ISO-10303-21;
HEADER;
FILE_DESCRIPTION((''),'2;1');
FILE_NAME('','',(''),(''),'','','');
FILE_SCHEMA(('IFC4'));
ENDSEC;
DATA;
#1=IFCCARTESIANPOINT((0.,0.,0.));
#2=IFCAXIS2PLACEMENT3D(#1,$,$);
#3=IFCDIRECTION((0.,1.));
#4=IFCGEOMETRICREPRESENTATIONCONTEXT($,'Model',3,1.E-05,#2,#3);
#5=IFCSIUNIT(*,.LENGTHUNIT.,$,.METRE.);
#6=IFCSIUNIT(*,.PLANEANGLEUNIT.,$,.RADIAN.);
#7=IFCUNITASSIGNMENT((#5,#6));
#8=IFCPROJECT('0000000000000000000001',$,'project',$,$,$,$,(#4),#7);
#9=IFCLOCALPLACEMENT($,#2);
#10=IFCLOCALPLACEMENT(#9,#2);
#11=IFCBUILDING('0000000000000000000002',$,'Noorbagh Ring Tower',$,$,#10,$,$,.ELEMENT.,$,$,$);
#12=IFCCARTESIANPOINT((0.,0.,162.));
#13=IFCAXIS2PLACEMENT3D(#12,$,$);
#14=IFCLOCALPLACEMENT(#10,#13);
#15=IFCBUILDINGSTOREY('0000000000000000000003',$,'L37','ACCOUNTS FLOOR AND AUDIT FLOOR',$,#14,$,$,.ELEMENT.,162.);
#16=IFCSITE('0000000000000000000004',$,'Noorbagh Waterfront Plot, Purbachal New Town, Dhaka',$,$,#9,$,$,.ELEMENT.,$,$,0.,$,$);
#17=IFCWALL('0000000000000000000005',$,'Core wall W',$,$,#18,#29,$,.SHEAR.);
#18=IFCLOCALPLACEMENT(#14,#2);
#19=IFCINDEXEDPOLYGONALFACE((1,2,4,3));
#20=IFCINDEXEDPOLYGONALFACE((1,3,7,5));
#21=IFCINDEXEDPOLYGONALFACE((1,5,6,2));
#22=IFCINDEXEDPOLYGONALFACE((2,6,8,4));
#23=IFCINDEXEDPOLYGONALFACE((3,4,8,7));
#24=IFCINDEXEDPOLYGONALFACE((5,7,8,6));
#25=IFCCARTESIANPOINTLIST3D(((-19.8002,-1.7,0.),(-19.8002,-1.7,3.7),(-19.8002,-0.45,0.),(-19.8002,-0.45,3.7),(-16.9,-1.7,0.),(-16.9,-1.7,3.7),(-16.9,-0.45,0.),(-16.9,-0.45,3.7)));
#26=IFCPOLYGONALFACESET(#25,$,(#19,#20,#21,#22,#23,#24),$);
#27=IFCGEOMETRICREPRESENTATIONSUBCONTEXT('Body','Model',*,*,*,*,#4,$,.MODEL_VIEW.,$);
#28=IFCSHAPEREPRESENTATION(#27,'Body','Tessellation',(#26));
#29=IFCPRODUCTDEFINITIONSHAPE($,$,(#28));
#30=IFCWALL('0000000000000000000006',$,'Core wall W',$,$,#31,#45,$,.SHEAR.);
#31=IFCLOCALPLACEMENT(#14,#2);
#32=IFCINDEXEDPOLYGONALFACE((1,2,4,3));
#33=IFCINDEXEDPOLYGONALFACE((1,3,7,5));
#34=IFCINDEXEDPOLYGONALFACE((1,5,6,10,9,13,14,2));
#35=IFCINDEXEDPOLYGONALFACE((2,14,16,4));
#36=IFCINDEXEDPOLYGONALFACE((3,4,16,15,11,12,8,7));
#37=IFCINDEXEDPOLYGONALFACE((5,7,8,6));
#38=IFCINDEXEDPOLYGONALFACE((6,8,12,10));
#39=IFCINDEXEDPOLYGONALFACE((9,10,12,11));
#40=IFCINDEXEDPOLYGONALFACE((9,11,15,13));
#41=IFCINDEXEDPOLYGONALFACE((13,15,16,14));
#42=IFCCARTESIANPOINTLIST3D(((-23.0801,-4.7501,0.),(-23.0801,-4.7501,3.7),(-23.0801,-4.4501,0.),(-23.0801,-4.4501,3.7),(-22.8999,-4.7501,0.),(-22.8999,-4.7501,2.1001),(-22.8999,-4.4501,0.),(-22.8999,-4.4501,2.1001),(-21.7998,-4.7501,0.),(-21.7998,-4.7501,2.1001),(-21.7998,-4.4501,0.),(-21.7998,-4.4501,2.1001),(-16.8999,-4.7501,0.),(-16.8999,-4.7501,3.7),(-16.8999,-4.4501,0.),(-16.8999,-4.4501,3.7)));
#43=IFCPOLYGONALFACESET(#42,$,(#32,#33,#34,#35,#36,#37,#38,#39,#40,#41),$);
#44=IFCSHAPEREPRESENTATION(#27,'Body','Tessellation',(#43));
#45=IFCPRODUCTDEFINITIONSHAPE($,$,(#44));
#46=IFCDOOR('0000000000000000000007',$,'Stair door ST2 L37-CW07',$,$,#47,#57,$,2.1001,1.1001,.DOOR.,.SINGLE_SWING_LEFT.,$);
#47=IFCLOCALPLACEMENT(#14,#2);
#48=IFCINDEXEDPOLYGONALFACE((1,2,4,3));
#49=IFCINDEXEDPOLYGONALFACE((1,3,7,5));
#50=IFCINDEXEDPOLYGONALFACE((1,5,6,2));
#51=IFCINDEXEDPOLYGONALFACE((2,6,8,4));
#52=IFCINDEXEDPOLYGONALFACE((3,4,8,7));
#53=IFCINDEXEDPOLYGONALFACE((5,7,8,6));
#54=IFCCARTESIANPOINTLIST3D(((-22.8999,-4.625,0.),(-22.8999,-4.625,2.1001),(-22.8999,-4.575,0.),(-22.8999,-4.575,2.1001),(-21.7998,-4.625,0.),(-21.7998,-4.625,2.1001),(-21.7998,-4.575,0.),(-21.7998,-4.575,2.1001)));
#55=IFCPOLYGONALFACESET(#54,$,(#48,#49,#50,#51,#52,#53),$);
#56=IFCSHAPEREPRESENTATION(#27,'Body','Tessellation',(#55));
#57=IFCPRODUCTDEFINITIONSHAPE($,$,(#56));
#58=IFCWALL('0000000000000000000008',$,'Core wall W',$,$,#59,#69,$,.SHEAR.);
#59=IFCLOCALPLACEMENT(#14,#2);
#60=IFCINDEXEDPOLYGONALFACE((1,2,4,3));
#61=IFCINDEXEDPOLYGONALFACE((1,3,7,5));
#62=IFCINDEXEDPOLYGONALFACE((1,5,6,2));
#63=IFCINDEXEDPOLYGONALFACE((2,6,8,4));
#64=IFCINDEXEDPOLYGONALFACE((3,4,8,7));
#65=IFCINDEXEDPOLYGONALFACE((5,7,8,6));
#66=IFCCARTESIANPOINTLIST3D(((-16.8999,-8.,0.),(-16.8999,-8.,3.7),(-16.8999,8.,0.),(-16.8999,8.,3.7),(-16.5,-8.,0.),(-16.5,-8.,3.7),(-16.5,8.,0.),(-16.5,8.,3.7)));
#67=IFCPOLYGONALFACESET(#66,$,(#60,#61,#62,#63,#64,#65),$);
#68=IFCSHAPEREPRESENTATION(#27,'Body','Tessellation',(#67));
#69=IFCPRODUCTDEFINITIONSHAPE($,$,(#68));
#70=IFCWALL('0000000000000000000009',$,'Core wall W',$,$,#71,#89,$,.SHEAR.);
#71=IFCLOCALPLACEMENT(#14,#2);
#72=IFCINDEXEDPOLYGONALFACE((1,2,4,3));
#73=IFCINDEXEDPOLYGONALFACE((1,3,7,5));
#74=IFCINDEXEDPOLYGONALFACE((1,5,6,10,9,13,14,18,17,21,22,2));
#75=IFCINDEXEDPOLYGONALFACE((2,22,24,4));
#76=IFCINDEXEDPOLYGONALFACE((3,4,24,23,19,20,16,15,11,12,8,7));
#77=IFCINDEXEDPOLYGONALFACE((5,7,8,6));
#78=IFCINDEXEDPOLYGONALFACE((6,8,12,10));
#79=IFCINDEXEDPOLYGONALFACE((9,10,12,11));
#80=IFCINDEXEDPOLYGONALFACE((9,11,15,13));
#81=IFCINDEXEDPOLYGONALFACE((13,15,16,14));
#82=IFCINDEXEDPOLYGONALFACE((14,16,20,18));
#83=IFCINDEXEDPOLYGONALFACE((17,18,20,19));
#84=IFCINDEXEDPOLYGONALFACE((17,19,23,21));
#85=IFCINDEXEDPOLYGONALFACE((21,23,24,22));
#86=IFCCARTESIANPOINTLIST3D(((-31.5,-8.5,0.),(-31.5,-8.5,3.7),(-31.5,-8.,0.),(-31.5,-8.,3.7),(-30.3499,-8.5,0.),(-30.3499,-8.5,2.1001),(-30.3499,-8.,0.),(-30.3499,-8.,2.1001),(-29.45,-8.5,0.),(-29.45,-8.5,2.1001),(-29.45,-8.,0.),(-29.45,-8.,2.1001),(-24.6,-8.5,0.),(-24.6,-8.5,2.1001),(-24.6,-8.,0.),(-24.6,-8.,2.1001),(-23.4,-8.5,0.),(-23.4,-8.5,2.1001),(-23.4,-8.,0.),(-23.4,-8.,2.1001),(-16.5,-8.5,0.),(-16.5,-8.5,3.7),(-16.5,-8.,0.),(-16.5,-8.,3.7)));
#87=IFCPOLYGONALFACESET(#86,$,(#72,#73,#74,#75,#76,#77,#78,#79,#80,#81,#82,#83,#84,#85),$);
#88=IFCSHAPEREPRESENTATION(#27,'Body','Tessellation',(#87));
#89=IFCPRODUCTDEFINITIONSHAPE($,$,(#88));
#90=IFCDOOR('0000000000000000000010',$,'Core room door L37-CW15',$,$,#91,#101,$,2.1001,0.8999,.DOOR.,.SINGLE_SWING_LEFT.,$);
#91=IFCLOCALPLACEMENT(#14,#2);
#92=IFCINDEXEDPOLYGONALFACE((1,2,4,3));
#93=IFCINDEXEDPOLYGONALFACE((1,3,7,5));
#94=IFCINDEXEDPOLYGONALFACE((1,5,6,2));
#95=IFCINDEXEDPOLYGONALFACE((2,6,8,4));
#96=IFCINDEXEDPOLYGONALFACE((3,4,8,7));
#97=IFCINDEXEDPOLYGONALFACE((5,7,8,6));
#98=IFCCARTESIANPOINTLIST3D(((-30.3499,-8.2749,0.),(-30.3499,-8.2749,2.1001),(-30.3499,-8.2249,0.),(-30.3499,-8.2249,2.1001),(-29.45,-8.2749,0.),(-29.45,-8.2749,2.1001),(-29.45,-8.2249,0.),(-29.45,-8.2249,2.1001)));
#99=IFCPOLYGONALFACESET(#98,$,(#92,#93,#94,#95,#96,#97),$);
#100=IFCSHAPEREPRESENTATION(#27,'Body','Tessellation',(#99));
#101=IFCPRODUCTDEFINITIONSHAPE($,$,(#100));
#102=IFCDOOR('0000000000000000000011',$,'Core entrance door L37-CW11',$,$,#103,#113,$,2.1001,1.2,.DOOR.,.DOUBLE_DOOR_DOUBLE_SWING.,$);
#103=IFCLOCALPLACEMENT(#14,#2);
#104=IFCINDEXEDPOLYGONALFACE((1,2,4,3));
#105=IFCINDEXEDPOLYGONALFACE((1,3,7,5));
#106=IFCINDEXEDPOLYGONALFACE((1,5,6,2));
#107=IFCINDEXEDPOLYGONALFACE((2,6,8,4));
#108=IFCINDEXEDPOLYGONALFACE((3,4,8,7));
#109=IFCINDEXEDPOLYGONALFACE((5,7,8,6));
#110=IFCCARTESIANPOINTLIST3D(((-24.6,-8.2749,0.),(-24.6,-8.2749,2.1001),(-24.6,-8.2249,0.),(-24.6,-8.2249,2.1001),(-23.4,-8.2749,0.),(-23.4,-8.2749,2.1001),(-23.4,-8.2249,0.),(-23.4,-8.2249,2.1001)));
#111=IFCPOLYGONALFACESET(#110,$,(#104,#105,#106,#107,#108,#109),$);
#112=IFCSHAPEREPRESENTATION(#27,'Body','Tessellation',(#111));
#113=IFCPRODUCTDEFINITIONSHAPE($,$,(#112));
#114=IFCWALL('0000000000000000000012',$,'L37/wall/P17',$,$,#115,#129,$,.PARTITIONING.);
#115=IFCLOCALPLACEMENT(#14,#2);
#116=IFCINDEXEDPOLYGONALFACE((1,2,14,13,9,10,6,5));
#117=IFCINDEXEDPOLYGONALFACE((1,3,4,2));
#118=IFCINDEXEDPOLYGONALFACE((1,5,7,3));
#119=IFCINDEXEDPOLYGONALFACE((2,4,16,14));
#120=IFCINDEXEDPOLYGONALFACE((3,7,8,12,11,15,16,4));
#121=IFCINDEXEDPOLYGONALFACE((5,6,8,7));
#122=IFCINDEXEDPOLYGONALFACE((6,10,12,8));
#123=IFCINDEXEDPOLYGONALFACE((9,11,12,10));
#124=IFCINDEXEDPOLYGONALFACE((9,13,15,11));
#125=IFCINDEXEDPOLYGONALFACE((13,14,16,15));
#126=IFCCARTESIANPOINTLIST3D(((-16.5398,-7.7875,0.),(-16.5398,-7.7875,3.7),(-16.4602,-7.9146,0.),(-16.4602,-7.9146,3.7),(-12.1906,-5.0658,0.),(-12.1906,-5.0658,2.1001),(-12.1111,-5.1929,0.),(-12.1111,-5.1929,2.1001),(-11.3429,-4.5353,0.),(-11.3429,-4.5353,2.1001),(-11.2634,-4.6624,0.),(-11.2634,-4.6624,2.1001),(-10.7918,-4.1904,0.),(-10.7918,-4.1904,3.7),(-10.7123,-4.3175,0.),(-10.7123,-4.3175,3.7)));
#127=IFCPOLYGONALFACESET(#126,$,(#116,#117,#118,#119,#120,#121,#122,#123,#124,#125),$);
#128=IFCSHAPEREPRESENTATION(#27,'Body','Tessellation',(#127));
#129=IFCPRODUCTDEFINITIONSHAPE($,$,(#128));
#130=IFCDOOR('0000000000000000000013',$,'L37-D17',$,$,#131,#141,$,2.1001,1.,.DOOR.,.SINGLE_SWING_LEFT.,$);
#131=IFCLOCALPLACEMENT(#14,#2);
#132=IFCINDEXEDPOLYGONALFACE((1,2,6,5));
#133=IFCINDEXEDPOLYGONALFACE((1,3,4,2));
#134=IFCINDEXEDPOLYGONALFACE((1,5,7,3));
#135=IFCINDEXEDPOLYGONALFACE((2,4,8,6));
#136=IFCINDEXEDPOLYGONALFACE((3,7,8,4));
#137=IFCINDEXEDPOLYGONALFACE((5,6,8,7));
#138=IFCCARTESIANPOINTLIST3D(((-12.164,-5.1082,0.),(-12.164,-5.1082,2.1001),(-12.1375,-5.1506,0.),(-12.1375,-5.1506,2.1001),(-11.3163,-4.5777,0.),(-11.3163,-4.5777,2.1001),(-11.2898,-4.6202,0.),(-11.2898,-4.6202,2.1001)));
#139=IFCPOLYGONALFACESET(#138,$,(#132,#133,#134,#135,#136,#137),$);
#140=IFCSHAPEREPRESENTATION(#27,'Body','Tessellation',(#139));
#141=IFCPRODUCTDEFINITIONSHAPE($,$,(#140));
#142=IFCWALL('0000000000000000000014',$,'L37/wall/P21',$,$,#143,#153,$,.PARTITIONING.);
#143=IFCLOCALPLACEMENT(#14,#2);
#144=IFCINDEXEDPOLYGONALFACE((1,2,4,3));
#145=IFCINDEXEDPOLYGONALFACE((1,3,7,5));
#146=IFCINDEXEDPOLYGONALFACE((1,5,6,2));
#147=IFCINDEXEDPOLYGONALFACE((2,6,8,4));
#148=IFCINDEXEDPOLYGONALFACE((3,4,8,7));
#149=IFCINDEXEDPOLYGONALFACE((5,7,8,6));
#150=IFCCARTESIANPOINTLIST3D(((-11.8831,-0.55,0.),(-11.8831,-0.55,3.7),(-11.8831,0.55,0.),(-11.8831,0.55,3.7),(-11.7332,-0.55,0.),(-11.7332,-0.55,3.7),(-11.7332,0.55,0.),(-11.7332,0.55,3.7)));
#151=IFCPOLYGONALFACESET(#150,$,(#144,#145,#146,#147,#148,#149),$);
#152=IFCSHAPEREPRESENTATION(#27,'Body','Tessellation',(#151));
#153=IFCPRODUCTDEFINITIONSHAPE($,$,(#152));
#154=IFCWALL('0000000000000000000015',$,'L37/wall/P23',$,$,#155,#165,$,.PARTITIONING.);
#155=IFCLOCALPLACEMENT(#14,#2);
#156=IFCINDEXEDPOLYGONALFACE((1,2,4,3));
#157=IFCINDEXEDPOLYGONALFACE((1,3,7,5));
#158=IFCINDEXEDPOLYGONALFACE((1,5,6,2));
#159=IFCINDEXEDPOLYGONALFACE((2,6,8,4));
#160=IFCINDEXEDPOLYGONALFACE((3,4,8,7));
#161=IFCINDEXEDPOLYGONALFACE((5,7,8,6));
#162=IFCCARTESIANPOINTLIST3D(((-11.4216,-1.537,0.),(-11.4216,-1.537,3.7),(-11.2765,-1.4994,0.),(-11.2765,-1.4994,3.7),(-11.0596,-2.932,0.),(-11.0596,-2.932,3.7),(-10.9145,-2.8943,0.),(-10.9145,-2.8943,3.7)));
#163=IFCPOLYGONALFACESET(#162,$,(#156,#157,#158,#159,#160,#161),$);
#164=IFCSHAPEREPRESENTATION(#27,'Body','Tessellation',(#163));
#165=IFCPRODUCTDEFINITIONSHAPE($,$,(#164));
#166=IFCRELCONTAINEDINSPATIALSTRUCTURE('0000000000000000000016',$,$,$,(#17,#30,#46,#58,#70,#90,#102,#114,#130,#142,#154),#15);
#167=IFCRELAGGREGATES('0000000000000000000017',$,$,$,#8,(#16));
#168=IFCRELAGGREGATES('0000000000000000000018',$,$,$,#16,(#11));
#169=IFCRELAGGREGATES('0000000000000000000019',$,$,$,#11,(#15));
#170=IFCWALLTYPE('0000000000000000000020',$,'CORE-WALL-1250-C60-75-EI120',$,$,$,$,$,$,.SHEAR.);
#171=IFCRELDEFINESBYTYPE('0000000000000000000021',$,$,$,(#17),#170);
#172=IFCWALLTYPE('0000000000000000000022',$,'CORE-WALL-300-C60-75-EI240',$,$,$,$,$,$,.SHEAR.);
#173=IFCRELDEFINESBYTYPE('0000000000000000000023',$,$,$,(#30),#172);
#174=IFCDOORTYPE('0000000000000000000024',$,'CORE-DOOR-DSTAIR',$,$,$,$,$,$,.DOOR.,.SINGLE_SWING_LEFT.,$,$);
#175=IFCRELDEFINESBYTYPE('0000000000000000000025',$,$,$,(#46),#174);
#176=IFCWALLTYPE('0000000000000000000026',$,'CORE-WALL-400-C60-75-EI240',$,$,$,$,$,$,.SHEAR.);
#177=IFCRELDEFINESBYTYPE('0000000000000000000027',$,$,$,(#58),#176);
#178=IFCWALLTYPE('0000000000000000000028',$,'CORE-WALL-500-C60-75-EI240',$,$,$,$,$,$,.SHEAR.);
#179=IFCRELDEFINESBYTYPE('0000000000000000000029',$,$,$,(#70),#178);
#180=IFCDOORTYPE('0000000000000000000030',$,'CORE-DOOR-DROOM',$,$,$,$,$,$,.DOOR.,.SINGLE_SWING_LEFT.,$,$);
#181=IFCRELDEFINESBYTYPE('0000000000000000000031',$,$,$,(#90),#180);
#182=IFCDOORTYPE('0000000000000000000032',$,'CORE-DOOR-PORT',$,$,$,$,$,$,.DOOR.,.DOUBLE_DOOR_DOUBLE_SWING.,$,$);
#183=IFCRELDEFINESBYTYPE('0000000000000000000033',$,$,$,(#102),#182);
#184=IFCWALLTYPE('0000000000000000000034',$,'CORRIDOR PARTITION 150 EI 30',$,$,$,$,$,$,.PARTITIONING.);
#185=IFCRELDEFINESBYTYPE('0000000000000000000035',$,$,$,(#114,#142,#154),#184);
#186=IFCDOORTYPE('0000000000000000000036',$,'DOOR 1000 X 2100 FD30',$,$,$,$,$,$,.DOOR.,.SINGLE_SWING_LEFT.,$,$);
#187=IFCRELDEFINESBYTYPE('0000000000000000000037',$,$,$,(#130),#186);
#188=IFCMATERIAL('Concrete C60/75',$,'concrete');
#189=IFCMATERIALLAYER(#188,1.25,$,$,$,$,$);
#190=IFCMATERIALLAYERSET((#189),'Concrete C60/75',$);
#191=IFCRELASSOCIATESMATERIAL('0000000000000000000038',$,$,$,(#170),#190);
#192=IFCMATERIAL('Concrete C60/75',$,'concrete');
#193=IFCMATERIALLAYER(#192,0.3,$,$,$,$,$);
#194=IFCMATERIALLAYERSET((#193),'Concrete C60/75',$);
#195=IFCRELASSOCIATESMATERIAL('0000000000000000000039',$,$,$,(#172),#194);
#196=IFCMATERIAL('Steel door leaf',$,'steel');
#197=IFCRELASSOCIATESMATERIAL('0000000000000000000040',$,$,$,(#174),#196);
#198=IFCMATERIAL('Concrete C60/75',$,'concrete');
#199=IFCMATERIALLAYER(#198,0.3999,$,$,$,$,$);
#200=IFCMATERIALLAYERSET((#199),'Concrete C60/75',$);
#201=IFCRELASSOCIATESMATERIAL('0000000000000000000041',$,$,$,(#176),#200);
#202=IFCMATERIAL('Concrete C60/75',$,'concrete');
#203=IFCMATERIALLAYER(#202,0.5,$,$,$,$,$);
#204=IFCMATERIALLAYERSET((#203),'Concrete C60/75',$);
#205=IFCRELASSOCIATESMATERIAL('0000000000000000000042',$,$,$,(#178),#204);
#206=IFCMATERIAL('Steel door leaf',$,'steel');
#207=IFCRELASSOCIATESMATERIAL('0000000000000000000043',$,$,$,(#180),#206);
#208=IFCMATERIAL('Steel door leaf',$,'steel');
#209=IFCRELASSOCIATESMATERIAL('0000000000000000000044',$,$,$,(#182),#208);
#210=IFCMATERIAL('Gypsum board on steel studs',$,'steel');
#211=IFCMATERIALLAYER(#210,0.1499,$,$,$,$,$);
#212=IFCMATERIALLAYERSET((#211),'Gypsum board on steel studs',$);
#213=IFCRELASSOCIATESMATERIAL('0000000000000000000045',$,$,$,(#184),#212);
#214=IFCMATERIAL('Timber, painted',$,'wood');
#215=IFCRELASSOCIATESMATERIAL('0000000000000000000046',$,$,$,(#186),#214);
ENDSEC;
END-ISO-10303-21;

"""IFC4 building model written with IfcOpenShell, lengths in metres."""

from ifc_helpers import new_model, si_unit, direction, frame, frame_2d, origin, place, context, subcontext, project, spatial, rectangle, extrude, material, layer, layer_set, type_object, element, fill, save


model = new_model("IFC4")

# Units and contexts
model_context = context("Model", 3, precision=1e-05, world=origin(), true_north=direction((0.0, 1.0)))
body_context = subcontext(model_context, "Body", "Model", "MODEL_VIEW")
ifc_project = project(units=[si_unit("LENGTHUNIT", "METRE"), si_unit("PLANEANGLEUNIT", "RADIAN")], contexts=[model_context])

# Site, building, storey
site_placement = place(None, origin())
site = spatial("IfcSite", under=ifc_project, at=site_placement, Name="Noorbagh Waterfront Plot, Purbachal New Town, Dhaka", CompositionType="ELEMENT", RefElevation=0.0)
building_placement = place(site_placement, origin())
building = spatial("IfcBuilding", under=site, at=building_placement, Name="Noorbagh Ring Tower", CompositionType="ELEMENT")
storey_placement = place(building_placement, frame((0.0, 0.0, 162.0)))
storey = spatial("IfcBuildingStorey", under=building, at=storey_placement, Name="L37", Description="ACCOUNTS FLOOR AND AUDIT FLOOR", CompositionType="ELEMENT", Elevation=162.0)

# Wall
ifc_material_1 = material(Name="Concrete C60/75", Category="concrete")
ifc_layer_1 = layer(ifc_material_1, 1.25)
ifc_layer_set_1 = layer_set([ifc_layer_1], Name="Concrete C60/75")
wall_type_1 = type_object("IfcWallType", Name="CORE-WALL-1250-C60-75-EI120", PredefinedType="SHEAR", material=ifc_layer_set_1)
wall_1_placement = place(storey_placement, frame((-16.8999, -1.075, 0.0), z_axis=(0.0, 0.0, 1.0), x_axis=(-1.0, 0.0, 0.0)))
element("IfcWall", 1, at=wall_1_placement, inside=storey, type_object=wall_type_1, Name="Core wall W", PredefinedType="SHEAR", context=body_context, shape_type="SweptSolid", body=[
    extrude(rectangle(XDim=2.9001, YDim=1.25, at=frame_2d((1.4502, 0.0))), origin(), (0.0, 0.0, 1.0), 3.7),
])

# Wall, opening, door
ifc_material_2 = material(Name="Concrete C60/75", Category="concrete")
ifc_layer_2 = layer(ifc_material_2, 0.3)
ifc_layer_set_2 = layer_set([ifc_layer_2], Name="Concrete C60/75")
wall_type_2 = type_object("IfcWallType", Name="CORE-WALL-300-C60-75-EI240", PredefinedType="SHEAR", material=ifc_layer_set_2)
wall_2_placement = place(storey_placement, frame((-16.8999, -4.6001, 0.0), z_axis=(0.0, 0.0, 1.0), x_axis=(-1.0, 0.0, 0.0)))
wall_2 = element("IfcWall", 2, at=wall_2_placement, inside=storey, type_object=wall_type_2, Name="Core wall W", PredefinedType="SHEAR", context=body_context, shape_type="SweptSolid", body=[
    extrude(rectangle(XDim=6.1802, YDim=0.3, at=frame_2d((3.0901, 0.0))), origin(), (0.0, 0.0, 1.0), 3.7),
])
opening_1_placement = place(wall_2_placement, frame((4.8999, 0.0, 0.0)))
opening_1 = element("IfcOpeningElement", 3, at=opening_1_placement, cuts=wall_2, PredefinedType="OPENING", context=body_context, shape_type="SweptSolid", body=[
    extrude(rectangle(XDim=1.1001, YDim=2.1001, at=frame_2d((0.55, 1.05))), frame((0.0, 0.1602, 0.0), z_axis=(0.0, -1.0, 0.0), x_axis=(1.0, 0.0, 0.0)), (0.0, 0.0, 1.0), 0.3201),
])
ifc_material_3 = material(Name="Steel door leaf", Category="steel")
door_type_1 = type_object("IfcDoorType", Name="CORE-DOOR-DSTAIR", OperationType="SINGLE_SWING_LEFT", PredefinedType="DOOR", material=ifc_material_3)
door_1_placement = place(opening_1_placement, origin())
door_1 = element("IfcDoor", 4, at=door_1_placement, inside=storey, type_object=door_type_1, Name="Stair door ST2 L37-CW07", OperationType="SINGLE_SWING_LEFT", OverallHeight=2.1001, OverallWidth=1.1001, PredefinedType="DOOR", context=body_context, shape_type="SweptSolid", body=[
    extrude(rectangle(XDim=1.1001, YDim=2.1001, at=frame_2d((0.55, 1.05))), frame((0.0, 0.0249, 0.0), z_axis=(0.0, -1.0, 0.0), x_axis=(1.0, 0.0, 0.0)), (0.0, 0.0, 1.0), 0.05),
])
fill(opening_1, door_1)

# Wall
ifc_material_4 = material(Name="Concrete C60/75", Category="concrete")
ifc_layer_3 = layer(ifc_material_4, 0.3999)
ifc_layer_set_3 = layer_set([ifc_layer_3], Name="Concrete C60/75")
wall_type_3 = type_object("IfcWallType", Name="CORE-WALL-400-C60-75-EI240", PredefinedType="SHEAR", material=ifc_layer_set_3)
wall_3_placement = place(storey_placement, frame((-16.7, -8.0, 0.0), z_axis=(0.0, 0.0, 1.0), x_axis=(0.0, 1.0, 0.0)))
element("IfcWall", 5, at=wall_3_placement, inside=storey, type_object=wall_type_3, Name="Core wall W", PredefinedType="SHEAR", context=body_context, shape_type="SweptSolid", body=[
    extrude(rectangle(XDim=16.0, YDim=0.3999, at=frame_2d((8.0, 0.0))), origin(), (0.0, 0.0, 1.0), 3.7),
])

# Wall, openings, doors
ifc_material_5 = material(Name="Concrete C60/75", Category="concrete")
ifc_layer_4 = layer(ifc_material_5, 0.5)
ifc_layer_set_4 = layer_set([ifc_layer_4], Name="Concrete C60/75")
wall_type_4 = type_object("IfcWallType", Name="CORE-WALL-500-C60-75-EI240", PredefinedType="SHEAR", material=ifc_layer_set_4)
wall_4_placement = place(storey_placement, frame((-16.5, -8.25, 0.0), z_axis=(0.0, 0.0, 1.0), x_axis=(-1.0, 0.0, 0.0)))
wall_4 = element("IfcWall", 6, at=wall_4_placement, inside=storey, type_object=wall_type_4, Name="Core wall W", PredefinedType="SHEAR", context=body_context, shape_type="SweptSolid", body=[
    extrude(rectangle(XDim=15.0, YDim=0.5, at=frame_2d((7.5, 0.0))), origin(), (0.0, 0.0, 1.0), 3.7),
])
opening_2_placement = place(wall_4_placement, frame((6.8999, 0.0, 0.0)))
opening_2 = element("IfcOpeningElement", 7, at=opening_2_placement, cuts=wall_4, PredefinedType="OPENING", context=body_context, shape_type="SweptSolid", body=[
    extrude(rectangle(XDim=1.2, YDim=2.1001, at=frame_2d((0.6001, 1.05))), frame((0.0, 0.26, 0.0), z_axis=(0.0, -1.0, 0.0), x_axis=(1.0, 0.0, 0.0)), (0.0, 0.0, 1.0), 0.52),
])
opening_3_placement = place(wall_4_placement, frame((12.95, 0.0, 0.0)))
opening_3 = element("IfcOpeningElement", 8, at=opening_3_placement, cuts=wall_4, PredefinedType="OPENING", context=body_context, shape_type="SweptSolid", body=[
    extrude(rectangle(XDim=0.8999, YDim=2.1001, at=frame_2d((0.45, 1.05))), frame((0.0, 0.26, 0.0), z_axis=(0.0, -1.0, 0.0), x_axis=(1.0, 0.0, 0.0)), (0.0, 0.0, 1.0), 0.52),
])
ifc_material_6 = material(Name="Steel door leaf", Category="steel")
door_type_2 = type_object("IfcDoorType", Name="CORE-DOOR-DROOM", OperationType="SINGLE_SWING_LEFT", PredefinedType="DOOR", material=ifc_material_6)
door_2_placement = place(opening_3_placement, origin())
door_2 = element("IfcDoor", 9, at=door_2_placement, inside=storey, type_object=door_type_2, Name="Core room door L37-CW15", OperationType="SINGLE_SWING_LEFT", OverallHeight=2.1001, OverallWidth=0.8999, PredefinedType="DOOR", context=body_context, shape_type="SweptSolid", body=[
    extrude(rectangle(XDim=0.8999, YDim=2.1001, at=frame_2d((0.45, 1.05))), frame((0.0, 0.0249, 0.0), z_axis=(0.0, -1.0, 0.0), x_axis=(1.0, 0.0, 0.0)), (0.0, 0.0, 1.0), 0.05),
])
fill(opening_3, door_2)
ifc_material_7 = material(Name="Steel door leaf", Category="steel")
door_type_3 = type_object("IfcDoorType", Name="CORE-DOOR-PORT", OperationType="DOUBLE_DOOR_DOUBLE_SWING", PredefinedType="DOOR", material=ifc_material_7)
door_3_placement = place(opening_2_placement, origin())
door_3 = element("IfcDoor", 10, at=door_3_placement, inside=storey, type_object=door_type_3, Name="Core entrance door L37-CW11", OperationType="DOUBLE_DOOR_DOUBLE_SWING", OverallHeight=2.1001, OverallWidth=1.2, PredefinedType="DOOR", context=body_context, shape_type="SweptSolid", body=[
    extrude(rectangle(XDim=1.2, YDim=2.1001, at=frame_2d((0.6001, 1.05))), frame((0.0, 0.0249, 0.0), z_axis=(0.0, -1.0, 0.0), x_axis=(1.0, 0.0, 0.0)), (0.0, 0.0, 1.0), 0.05),
])
fill(opening_2, door_3)

# Wall, opening, door
ifc_material_8 = material(Name="Gypsum board on steel studs", Category="steel")
ifc_layer_5 = layer(ifc_material_8, 0.1499)
ifc_layer_set_5 = layer_set([ifc_layer_5], Name="Gypsum board on steel studs")
wall_type_5 = type_object("IfcWallType", Name="CORRIDOR PARTITION 150 EI 30", PredefinedType="PARTITIONING", material=ifc_layer_set_5)
wall_5_placement = place(storey_placement, frame((-16.5, -7.8511, 0.0), z_axis=(0.0, 0.0, 1.0), x_axis=(0.847691, 0.530491, 0.0)))
wall_5 = element("IfcWall", 11, at=wall_5_placement, inside=storey, type_object=wall_type_5, Name="L37/wall/P17", PredefinedType="PARTITIONING", context=body_context, shape_type="SweptSolid", body=[
    extrude(rectangle(XDim=6.7808, YDim=0.1499, at=frame_2d((3.3904, 0.0))), origin(), (0.0, 0.0, 1.0), 3.7),
])
opening_4_placement = place(wall_5_placement, frame((5.1306, 0.0, 0.0)))
opening_4 = element("IfcOpeningElement", 12, at=opening_4_placement, cuts=wall_5, PredefinedType="OPENING", context=body_context, shape_type="SweptSolid", body=[
    extrude(rectangle(XDim=1.0, YDim=2.1001, at=frame_2d((0.5, 1.05))), frame((0.0, 0.085, 0.0), z_axis=(0.0, -1.0, 0.0), x_axis=(1.0, 0.0, 0.0)), (0.0, 0.0, 1.0), 0.1699),
])
ifc_material_9 = material(Name="Timber, painted", Category="wood")
door_type_4 = type_object("IfcDoorType", Name="DOOR 1000 X 2100 FD30", OperationType="SINGLE_SWING_LEFT", PredefinedType="DOOR", material=ifc_material_9)
door_4_placement = place(opening_4_placement, origin())
door_4 = element("IfcDoor", 13, at=door_4_placement, inside=storey, type_object=door_type_4, Name="L37-D17", OperationType="SINGLE_SWING_LEFT", OverallHeight=2.1001, OverallWidth=1.0, PredefinedType="DOOR", context=body_context, shape_type="SweptSolid", body=[
    extrude(rectangle(XDim=1.0, YDim=2.1001, at=frame_2d((0.5, 1.05))), frame((0.0, 0.0249, 0.0), z_axis=(0.0, -1.0, 0.0), x_axis=(1.0, 0.0, 0.0)), (0.0, 0.0, 1.0), 0.05),
])
fill(opening_4, door_4)

# Walls
wall_6_placement = place(storey_placement, frame((-11.8081, -0.55, 0.0), z_axis=(0.0, 0.0, 1.0), x_axis=(0.0, 1.0, 0.0)))
element("IfcWall", 14, at=wall_6_placement, inside=storey, type_object=wall_type_5, Name="L37/wall/P21", PredefinedType="PARTITIONING", context=body_context, shape_type="SweptSolid", body=[
    extrude(rectangle(XDim=1.1001, YDim=0.1499, at=frame_2d((0.55, 0.0))), origin(), (0.0, 0.0, 1.0), 3.7),
])
wall_7_placement = place(storey_placement, frame((-11.3491, -1.5181, 0.0), z_axis=(0.0, 0.0, 1.0), x_axis=(0.251215, -0.967931, 0.0)))
element("IfcWall", 15, at=wall_7_placement, inside=storey, type_object=wall_type_5, Name="L37/wall/P23", PredefinedType="PARTITIONING", context=body_context, shape_type="SweptSolid", body=[
    extrude(rectangle(XDim=1.4412, YDim=0.1499, at=frame_2d((0.7207, 0.0))), origin(), (0.0, 0.0, 1.0), 3.7),
])

save(model, "model.ifc")
